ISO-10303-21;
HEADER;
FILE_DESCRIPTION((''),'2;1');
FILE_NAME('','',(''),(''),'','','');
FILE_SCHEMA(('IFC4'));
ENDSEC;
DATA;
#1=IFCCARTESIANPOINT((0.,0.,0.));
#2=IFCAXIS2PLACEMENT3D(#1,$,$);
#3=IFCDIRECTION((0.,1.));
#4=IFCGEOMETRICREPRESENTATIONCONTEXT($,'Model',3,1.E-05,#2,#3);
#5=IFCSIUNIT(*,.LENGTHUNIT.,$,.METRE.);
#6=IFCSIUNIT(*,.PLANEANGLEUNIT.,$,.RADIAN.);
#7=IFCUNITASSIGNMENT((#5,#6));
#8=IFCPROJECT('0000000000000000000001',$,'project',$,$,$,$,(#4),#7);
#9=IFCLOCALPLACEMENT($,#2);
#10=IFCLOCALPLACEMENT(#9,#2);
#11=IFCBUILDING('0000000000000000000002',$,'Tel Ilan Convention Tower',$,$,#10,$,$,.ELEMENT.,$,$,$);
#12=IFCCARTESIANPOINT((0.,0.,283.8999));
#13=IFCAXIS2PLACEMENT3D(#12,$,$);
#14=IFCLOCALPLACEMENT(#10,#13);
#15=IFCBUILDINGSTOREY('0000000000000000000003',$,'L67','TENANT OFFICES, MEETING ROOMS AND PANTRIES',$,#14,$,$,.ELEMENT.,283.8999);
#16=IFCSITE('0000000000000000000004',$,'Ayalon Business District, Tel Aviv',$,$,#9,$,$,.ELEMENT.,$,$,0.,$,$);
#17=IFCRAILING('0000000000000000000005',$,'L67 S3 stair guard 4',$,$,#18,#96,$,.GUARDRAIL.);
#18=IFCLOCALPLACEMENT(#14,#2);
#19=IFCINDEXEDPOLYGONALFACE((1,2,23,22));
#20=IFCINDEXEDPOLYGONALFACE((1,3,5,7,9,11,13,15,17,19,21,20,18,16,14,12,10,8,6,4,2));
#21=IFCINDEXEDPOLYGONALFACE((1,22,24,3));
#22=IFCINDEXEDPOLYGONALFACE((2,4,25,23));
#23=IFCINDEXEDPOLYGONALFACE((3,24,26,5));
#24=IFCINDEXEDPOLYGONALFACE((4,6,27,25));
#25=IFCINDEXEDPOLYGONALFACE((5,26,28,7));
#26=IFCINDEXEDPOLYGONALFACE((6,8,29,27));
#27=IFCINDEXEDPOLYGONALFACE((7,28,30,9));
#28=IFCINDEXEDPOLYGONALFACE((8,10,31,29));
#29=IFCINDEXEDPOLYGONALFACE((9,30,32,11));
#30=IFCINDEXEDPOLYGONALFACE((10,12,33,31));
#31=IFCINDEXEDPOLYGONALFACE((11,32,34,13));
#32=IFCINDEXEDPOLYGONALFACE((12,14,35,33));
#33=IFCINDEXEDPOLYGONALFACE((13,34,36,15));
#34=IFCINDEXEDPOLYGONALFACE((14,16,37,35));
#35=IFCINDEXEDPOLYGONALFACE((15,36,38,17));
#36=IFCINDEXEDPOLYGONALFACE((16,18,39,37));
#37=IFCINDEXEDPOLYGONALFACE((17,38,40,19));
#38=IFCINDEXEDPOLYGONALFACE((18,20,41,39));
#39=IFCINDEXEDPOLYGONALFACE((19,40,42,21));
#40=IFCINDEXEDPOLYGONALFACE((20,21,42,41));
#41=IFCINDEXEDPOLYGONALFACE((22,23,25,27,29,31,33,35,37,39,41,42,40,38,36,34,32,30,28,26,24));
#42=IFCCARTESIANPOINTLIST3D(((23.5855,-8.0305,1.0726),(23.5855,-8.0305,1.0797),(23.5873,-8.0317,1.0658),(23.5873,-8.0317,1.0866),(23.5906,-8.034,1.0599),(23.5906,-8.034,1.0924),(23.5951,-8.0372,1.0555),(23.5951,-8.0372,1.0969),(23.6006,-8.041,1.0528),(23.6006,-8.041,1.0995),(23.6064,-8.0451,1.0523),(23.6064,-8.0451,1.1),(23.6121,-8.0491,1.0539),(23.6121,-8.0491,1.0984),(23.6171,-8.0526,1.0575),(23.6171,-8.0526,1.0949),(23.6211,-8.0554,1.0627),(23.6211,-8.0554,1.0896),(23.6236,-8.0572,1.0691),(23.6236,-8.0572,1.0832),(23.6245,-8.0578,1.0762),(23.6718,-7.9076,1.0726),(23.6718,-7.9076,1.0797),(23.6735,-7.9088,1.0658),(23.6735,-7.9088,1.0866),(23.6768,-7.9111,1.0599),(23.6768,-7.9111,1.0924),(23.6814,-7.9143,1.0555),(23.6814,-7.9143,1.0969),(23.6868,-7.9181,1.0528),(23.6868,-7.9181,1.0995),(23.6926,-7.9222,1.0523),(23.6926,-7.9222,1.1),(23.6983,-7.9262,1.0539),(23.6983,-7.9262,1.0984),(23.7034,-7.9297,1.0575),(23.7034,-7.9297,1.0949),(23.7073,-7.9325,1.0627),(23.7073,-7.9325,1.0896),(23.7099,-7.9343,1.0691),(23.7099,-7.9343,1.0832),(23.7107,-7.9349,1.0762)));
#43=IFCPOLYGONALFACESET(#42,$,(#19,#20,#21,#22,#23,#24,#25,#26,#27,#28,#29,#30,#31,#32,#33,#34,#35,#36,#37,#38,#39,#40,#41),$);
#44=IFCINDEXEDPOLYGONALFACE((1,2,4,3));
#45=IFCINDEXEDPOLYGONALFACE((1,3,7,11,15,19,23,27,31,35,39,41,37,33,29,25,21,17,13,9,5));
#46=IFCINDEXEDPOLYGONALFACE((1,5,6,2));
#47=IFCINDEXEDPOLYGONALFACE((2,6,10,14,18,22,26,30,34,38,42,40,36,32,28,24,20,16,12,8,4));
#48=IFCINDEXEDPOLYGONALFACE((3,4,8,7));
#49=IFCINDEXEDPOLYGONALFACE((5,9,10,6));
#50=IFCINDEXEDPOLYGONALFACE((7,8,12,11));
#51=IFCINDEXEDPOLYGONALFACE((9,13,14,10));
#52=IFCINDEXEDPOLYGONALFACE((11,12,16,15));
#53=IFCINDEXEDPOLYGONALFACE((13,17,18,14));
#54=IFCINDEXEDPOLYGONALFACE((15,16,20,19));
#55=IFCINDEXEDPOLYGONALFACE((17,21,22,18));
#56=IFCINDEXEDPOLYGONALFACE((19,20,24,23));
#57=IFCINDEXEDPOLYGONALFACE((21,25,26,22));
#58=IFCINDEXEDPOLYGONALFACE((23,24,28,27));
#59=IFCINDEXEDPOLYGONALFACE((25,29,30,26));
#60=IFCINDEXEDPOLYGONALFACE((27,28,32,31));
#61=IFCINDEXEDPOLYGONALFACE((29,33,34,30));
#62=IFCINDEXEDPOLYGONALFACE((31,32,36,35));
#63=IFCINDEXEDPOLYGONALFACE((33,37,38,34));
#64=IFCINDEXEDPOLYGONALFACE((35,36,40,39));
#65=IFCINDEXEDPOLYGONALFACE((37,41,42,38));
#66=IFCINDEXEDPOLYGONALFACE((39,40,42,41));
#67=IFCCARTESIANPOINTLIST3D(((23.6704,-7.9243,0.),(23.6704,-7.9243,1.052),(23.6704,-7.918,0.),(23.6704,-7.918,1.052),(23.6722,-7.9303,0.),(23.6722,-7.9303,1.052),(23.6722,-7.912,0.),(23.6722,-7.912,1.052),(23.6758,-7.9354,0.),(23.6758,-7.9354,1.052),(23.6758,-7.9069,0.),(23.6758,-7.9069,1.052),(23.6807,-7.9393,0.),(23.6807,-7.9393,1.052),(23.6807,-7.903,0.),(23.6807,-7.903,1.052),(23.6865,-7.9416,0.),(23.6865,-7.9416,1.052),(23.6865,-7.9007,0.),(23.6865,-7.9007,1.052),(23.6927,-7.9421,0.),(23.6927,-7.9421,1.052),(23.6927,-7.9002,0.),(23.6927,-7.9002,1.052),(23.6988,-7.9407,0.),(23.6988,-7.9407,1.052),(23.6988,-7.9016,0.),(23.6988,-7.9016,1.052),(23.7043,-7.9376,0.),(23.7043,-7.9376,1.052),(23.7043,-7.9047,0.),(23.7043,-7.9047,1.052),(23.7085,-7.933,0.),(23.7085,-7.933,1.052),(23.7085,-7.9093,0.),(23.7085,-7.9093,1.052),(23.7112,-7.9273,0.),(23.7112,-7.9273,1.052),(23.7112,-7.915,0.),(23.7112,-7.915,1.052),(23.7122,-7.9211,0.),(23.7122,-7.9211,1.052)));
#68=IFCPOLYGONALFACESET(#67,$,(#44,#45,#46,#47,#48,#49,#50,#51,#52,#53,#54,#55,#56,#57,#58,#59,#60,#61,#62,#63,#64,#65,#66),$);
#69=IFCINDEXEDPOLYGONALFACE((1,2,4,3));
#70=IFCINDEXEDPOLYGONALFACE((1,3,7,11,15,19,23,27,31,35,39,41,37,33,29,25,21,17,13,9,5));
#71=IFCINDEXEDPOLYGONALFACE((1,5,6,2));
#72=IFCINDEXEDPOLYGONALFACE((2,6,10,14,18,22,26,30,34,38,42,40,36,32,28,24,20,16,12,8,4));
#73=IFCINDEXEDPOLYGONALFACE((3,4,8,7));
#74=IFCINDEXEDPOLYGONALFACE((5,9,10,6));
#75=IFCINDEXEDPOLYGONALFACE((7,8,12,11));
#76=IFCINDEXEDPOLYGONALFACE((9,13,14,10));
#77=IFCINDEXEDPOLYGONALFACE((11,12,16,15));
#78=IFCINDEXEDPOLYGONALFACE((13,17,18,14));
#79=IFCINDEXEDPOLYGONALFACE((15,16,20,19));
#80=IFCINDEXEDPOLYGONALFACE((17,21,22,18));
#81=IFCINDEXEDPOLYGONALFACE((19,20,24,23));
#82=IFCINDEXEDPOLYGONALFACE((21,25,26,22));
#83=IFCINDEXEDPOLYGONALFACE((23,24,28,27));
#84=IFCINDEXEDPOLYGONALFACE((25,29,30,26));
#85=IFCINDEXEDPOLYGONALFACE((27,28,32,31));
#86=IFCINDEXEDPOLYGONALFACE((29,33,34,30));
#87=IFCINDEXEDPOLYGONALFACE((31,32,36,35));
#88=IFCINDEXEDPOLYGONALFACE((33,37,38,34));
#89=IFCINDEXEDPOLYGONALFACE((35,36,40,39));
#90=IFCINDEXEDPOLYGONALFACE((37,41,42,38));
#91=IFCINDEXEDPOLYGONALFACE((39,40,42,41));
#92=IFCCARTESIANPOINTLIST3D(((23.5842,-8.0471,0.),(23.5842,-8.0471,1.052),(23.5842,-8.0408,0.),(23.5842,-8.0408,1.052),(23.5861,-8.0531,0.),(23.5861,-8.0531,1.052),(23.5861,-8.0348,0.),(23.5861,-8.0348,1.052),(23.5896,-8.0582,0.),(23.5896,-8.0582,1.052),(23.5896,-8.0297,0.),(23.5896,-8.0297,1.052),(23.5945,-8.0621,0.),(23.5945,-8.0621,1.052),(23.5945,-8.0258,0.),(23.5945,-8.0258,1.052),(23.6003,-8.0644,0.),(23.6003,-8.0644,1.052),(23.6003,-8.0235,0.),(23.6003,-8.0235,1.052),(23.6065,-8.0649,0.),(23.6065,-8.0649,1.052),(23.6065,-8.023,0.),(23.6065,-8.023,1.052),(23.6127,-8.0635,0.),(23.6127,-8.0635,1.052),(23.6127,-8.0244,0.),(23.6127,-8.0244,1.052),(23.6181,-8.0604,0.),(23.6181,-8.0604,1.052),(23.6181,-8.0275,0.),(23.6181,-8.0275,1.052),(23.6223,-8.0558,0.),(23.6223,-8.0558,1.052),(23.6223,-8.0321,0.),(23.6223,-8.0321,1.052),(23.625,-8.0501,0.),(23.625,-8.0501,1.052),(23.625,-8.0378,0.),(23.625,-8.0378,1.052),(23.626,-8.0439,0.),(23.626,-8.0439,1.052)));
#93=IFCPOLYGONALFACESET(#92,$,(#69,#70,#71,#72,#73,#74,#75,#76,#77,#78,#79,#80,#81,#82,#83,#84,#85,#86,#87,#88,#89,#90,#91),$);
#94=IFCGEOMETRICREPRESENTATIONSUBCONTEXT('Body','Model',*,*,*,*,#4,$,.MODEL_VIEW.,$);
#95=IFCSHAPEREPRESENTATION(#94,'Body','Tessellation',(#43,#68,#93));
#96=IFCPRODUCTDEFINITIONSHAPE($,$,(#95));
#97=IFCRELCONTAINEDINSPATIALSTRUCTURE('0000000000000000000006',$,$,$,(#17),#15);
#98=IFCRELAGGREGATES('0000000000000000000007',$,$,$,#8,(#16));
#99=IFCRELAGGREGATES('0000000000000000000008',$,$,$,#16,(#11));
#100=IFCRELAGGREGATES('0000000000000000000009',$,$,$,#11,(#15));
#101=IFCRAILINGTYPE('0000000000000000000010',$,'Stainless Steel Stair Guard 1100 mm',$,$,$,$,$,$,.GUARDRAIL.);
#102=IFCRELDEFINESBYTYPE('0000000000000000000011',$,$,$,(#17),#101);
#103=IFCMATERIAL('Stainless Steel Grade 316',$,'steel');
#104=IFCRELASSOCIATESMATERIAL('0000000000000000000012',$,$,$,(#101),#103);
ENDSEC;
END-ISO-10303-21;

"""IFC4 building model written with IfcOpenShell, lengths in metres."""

from ifc_helpers import new_model, si_unit, direction, frame, origin, origin_2d, place, context, subcontext, project, spatial, circle, extrude, material, type_object, element, save


model = new_model("IFC4")

# Units and contexts
model_context = context("Model", 3, precision=1e-05, world=origin(), true_north=direction((0.0, 1.0)))
body_context = subcontext(model_context, "Body", "Model", "MODEL_VIEW")
ifc_project = project(units=[si_unit("LENGTHUNIT", "METRE"), si_unit("PLANEANGLEUNIT", "RADIAN")], contexts=[model_context])

# Site, building, storey
site_placement = place(None, origin())
site = spatial("IfcSite", under=ifc_project, at=site_placement, Name="Ayalon Business District, Tel Aviv", CompositionType="ELEMENT", RefElevation=0.0)
building_placement = place(site_placement, origin())
building = spatial("IfcBuilding", under=site, at=building_placement, Name="Tel Ilan Convention Tower", CompositionType="ELEMENT")
storey_placement = place(building_placement, frame((0.0, 0.0, 283.8999)))
storey = spatial("IfcBuildingStorey", under=building, at=storey_placement, Name="L67", Description="TENANT OFFICES, MEETING ROOMS AND PANTRIES", CompositionType="ELEMENT", Elevation=283.8999)

# Railing
ifc_material_1 = material(Name="Stainless Steel Grade 316", Category="steel")
railing_type_1 = type_object("IfcRailingType", Name="Stainless Steel Stair Guard 1100 mm", PredefinedType="GUARDRAIL", material=ifc_material_1)
railing_1_placement = place(storey_placement, frame((23.6912, -7.9211, 0.0)))
element("IfcRailing", 1, at=railing_1_placement, inside=storey, type_object=railing_type_1, Name="L67 S3 stair guard 4", PredefinedType="GUARDRAIL", context=body_context, shape_type="SweptSolid", body=[
    extrude(circle(Radius=0.0239, at=origin_2d()), frame((0.0, 0.0, 1.0762), z_axis=(-0.574445, -0.818543, 0.0), x_axis=(0.818543, -0.574445, 0.0)), (0.0, 0.0, 1.0), 0.1501),
    extrude(circle(Radius=0.021, at=origin_2d()), origin(), (0.0, 0.0, 1.0), 1.052),
    extrude(circle(Radius=0.021, at=origin_2d()), frame((-0.0862, -0.1228, 0.0)), (0.0, 0.0, 1.0), 1.052),
])

save(model, "model.ifc")
